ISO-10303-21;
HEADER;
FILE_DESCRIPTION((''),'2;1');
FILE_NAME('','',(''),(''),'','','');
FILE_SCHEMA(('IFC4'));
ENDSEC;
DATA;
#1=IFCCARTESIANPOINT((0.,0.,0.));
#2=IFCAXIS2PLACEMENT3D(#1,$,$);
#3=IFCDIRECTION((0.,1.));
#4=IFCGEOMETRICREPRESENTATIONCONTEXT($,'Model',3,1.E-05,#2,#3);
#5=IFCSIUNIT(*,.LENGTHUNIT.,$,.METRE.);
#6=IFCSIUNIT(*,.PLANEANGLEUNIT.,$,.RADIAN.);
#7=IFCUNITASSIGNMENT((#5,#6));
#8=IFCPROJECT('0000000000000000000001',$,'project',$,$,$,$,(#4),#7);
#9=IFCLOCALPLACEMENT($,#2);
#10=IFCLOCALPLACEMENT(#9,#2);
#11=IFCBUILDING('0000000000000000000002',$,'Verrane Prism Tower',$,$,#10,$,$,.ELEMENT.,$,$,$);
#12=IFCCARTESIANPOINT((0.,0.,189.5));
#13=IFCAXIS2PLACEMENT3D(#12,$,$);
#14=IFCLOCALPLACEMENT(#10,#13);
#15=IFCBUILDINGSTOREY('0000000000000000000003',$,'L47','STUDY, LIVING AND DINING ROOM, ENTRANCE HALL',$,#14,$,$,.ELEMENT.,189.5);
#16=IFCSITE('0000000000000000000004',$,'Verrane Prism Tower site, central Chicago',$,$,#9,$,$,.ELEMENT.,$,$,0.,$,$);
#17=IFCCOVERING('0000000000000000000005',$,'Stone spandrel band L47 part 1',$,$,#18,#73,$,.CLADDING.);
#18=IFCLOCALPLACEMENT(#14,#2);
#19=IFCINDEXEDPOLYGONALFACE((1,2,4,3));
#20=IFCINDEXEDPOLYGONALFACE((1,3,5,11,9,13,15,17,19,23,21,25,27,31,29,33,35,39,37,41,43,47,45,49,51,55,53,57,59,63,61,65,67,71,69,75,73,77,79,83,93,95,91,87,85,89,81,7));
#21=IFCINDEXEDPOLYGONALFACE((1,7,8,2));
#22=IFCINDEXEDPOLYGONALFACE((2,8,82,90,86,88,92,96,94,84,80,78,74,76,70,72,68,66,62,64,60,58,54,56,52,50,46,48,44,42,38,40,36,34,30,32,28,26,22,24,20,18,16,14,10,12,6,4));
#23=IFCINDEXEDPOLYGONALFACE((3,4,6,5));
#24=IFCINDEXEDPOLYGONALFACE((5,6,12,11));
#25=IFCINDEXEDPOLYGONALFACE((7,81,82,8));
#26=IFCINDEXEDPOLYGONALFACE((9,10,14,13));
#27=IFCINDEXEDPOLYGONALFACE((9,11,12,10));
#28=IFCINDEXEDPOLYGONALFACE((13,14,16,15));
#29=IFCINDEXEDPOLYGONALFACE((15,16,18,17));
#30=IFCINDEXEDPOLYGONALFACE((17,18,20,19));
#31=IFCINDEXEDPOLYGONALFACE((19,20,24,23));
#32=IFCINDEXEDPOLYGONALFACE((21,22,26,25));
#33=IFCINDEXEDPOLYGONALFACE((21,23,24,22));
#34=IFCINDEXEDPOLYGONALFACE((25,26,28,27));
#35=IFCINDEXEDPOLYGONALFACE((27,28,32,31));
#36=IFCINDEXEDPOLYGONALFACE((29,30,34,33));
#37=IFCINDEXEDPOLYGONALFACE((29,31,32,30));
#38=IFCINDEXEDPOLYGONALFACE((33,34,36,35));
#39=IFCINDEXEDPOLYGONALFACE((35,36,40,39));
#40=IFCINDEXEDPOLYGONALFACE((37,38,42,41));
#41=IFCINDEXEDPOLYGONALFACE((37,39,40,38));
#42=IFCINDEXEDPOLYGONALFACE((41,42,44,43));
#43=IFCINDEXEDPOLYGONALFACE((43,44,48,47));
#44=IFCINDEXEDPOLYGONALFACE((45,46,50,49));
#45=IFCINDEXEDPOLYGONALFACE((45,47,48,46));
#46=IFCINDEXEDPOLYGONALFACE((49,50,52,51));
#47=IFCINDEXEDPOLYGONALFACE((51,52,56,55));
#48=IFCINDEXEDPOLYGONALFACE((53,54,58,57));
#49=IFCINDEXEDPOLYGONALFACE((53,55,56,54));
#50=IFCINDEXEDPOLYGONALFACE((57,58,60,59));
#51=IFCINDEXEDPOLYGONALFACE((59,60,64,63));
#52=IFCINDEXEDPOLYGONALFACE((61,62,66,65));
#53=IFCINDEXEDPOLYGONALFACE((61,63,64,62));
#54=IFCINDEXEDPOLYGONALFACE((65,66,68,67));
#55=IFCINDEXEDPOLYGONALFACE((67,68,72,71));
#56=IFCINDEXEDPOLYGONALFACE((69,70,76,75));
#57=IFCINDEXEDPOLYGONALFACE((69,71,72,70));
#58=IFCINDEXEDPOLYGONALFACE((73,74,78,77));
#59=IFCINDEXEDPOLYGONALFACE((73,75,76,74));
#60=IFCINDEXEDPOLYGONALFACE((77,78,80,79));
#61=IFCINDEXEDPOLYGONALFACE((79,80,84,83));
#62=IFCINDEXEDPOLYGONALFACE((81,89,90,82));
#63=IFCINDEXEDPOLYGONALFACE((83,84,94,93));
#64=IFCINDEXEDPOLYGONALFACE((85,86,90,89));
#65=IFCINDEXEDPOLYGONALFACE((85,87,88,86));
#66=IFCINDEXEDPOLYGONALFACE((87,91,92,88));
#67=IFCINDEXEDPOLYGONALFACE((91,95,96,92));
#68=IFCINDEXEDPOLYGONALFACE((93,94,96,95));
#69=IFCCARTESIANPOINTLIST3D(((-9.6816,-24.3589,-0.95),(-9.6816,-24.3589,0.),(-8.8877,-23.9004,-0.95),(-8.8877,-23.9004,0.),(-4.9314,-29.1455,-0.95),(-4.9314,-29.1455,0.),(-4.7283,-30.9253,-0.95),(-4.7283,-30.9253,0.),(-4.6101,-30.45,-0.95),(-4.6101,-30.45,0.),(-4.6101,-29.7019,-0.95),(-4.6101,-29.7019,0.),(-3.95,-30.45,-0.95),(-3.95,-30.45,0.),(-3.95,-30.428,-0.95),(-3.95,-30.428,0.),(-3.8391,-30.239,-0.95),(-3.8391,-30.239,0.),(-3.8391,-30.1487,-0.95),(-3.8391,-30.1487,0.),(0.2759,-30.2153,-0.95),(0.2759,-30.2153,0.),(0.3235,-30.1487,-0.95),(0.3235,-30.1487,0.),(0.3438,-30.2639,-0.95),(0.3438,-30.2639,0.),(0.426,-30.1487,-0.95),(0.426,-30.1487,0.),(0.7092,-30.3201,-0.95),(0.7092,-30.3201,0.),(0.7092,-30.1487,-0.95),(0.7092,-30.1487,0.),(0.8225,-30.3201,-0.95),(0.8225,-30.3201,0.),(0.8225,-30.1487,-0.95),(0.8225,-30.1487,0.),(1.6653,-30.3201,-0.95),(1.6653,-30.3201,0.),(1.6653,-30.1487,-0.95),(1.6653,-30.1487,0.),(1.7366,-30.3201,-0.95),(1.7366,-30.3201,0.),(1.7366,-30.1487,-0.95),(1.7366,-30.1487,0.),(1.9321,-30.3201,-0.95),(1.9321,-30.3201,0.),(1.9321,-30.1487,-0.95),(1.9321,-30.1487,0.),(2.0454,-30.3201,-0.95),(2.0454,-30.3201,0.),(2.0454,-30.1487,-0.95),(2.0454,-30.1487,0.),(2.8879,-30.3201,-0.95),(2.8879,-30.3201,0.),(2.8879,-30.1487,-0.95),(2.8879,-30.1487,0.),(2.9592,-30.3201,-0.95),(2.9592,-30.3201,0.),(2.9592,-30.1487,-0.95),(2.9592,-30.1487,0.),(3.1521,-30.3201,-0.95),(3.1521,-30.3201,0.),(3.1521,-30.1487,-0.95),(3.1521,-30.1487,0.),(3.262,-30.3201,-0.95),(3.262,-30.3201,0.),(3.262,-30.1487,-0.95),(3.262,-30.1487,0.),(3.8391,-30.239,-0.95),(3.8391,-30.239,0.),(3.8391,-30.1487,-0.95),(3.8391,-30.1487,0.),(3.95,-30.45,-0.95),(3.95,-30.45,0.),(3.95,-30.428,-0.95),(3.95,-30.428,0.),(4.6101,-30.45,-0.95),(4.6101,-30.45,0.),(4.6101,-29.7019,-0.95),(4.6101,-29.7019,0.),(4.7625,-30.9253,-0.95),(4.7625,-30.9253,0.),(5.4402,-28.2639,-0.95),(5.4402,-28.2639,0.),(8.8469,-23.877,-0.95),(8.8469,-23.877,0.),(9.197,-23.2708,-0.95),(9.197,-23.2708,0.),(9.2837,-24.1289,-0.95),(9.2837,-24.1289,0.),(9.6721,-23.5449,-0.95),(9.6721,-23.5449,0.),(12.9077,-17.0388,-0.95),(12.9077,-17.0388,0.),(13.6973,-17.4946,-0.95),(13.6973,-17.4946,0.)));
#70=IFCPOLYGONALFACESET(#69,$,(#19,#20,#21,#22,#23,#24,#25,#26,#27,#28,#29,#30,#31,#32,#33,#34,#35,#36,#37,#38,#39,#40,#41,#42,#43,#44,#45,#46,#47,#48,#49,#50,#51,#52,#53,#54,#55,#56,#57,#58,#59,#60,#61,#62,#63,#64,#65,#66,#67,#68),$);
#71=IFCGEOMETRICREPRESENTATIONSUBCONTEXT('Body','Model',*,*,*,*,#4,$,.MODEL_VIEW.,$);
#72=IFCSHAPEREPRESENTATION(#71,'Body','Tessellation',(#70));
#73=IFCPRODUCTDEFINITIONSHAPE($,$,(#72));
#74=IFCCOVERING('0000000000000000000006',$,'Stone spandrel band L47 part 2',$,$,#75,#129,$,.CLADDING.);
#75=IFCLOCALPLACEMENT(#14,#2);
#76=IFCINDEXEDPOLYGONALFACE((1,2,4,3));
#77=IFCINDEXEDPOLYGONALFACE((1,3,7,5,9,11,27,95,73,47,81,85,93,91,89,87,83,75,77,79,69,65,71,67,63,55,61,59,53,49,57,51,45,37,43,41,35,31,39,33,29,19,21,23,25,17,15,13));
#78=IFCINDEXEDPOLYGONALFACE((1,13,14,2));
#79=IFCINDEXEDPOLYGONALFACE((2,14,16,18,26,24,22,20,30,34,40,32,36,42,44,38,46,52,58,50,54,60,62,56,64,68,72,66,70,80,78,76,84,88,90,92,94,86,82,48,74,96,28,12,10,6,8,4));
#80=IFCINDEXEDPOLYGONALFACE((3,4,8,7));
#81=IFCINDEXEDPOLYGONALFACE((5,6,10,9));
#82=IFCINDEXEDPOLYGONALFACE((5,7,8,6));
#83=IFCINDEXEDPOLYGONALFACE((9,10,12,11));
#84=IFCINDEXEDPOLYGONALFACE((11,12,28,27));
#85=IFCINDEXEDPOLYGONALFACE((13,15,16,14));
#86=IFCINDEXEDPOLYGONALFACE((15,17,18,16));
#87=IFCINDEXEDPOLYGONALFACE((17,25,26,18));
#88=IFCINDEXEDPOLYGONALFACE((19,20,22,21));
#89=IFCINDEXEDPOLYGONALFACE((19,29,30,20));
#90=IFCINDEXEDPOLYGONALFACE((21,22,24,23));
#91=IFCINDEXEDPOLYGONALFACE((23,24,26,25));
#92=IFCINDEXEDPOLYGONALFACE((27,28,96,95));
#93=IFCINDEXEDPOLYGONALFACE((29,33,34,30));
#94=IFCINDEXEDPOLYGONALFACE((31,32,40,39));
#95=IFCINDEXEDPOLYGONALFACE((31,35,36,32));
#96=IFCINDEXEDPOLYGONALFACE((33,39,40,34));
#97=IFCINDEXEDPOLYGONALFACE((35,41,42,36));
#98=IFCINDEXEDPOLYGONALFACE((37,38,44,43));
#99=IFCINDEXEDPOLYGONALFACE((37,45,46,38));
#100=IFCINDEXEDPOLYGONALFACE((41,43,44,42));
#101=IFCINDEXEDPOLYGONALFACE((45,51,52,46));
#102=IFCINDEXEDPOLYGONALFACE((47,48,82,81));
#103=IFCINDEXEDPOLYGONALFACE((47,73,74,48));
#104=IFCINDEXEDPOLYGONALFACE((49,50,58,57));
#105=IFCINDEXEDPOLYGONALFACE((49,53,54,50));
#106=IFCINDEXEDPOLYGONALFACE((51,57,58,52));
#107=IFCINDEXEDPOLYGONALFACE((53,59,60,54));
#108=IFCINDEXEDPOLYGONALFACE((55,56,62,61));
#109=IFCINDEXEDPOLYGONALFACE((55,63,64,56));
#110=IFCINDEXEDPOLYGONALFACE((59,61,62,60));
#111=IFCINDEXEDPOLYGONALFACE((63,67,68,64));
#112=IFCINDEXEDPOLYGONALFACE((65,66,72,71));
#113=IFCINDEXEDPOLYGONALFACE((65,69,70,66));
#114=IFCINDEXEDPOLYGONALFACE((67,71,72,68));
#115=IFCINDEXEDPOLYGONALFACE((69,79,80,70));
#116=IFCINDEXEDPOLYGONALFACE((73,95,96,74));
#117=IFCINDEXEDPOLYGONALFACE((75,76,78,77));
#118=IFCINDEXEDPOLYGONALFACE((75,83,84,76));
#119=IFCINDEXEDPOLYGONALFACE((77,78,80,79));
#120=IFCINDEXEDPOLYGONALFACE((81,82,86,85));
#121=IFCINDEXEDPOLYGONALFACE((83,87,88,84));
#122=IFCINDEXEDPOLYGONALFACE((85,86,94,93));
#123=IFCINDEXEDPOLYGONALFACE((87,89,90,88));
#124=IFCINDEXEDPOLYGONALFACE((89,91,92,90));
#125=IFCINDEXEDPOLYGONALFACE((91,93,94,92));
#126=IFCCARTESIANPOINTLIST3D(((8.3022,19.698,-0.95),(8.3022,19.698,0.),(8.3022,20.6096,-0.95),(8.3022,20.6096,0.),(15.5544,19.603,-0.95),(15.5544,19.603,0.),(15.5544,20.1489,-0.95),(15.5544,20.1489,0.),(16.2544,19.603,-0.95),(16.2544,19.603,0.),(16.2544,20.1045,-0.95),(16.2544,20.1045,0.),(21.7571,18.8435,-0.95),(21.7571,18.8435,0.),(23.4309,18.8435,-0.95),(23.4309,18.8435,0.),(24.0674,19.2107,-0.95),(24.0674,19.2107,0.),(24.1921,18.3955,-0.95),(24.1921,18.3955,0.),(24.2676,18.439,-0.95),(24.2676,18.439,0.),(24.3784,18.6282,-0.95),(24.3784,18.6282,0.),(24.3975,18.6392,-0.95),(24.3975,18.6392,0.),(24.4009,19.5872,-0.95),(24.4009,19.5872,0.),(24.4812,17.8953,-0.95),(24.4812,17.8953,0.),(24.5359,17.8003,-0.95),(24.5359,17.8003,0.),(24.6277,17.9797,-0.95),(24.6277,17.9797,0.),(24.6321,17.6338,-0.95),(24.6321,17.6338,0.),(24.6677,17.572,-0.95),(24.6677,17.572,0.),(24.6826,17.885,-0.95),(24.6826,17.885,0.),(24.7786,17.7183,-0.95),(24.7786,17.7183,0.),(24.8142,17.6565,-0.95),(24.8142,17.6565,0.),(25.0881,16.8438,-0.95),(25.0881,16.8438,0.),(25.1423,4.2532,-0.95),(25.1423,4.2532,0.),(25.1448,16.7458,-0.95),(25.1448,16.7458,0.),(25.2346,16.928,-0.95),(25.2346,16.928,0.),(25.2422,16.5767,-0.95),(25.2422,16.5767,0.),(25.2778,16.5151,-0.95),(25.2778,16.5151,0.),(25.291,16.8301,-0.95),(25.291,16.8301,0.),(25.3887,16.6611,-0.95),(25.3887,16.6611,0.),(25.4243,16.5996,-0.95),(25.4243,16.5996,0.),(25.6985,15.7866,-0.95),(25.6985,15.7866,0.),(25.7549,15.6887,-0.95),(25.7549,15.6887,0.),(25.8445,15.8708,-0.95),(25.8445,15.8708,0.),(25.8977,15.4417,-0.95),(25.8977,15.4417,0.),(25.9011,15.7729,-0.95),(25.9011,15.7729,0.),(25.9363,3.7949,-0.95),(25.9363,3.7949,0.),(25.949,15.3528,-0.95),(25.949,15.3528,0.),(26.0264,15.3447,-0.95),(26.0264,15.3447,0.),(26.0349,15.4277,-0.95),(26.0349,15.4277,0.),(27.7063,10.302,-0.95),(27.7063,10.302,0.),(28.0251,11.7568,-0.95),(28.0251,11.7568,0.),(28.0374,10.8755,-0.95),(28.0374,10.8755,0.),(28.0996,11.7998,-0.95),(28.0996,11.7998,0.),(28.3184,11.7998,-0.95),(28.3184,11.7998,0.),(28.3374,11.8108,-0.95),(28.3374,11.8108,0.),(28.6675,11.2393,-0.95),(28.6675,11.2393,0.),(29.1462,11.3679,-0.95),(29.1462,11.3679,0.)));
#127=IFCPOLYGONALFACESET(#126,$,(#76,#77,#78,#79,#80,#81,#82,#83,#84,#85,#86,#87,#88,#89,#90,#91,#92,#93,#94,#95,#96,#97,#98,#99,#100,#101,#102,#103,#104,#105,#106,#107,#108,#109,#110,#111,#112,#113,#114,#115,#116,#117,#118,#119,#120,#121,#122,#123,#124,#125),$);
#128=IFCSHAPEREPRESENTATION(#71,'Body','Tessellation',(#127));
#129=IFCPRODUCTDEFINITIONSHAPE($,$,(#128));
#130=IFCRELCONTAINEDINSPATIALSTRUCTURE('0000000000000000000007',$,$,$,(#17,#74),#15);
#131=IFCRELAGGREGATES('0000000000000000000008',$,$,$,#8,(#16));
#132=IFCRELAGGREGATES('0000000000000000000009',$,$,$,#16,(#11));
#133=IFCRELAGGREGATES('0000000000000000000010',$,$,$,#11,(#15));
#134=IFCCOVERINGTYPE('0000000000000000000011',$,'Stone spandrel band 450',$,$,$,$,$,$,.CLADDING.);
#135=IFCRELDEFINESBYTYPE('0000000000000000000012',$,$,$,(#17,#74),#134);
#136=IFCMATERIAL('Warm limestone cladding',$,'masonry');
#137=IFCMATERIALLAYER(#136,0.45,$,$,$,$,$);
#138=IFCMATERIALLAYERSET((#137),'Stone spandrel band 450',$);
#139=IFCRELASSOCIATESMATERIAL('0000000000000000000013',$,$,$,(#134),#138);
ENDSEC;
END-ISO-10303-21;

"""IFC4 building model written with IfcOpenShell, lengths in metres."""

from ifc_helpers import new_model, si_unit, direction, frame, origin, place, context, subcontext, project, spatial, polyline, outline, extrude, material, layer, layer_set, type_object, element, save


model = new_model("IFC4")

# Units and contexts
model_context = context("Model", 3, precision=1e-05, world=origin(), true_north=direction((0.0, 1.0)))
body_context = subcontext(model_context, "Body", "Model", "MODEL_VIEW")
ifc_project = project(units=[si_unit("LENGTHUNIT", "METRE"), si_unit("PLANEANGLEUNIT", "RADIAN")], contexts=[model_context])

# Site, building, storey
site_placement = place(None, origin())
site = spatial("IfcSite", under=ifc_project, at=site_placement, Name="Verrane Prism Tower site, central Chicago", CompositionType="ELEMENT", RefElevation=0.0)
building_placement = place(site_placement, origin())
building = spatial("IfcBuilding", under=site, at=building_placement, Name="Verrane Prism Tower", CompositionType="ELEMENT")
storey_placement = place(building_placement, frame((0.0, 0.0, 189.5)))
storey = spatial("IfcBuildingStorey", under=building, at=storey_placement, Name="L47", Description="STUDY, LIVING AND DINING ROOM, ENTRANCE HALL", CompositionType="ELEMENT", Elevation=189.5)

# Coverings
ifc_material_1 = material(Name="Warm limestone cladding", Category="masonry")
ifc_layer_1 = layer(ifc_material_1, 0.45)
ifc_layer_set_1 = layer_set([ifc_layer_1], Name="Stone spandrel band 450")
covering_type_1 = type_object("IfcCoveringType", Name="Stone spandrel band 450", PredefinedType="CLADDING", material=ifc_layer_set_1)
covering_1_placement = place(storey_placement, frame((0.0, 0.0, -0.95)))
element("IfcCovering", 1, at=covering_1_placement, inside=storey, type_object=covering_type_1, Name="Stone spandrel band L47 part 1", PredefinedType="CLADDING", context=body_context, shape_type="SweptSolid", body=[
    extrude(outline(polyline([(4.7625, -30.9253), (9.2837, -24.1289), (8.8469, -23.877), (9.197, -23.2708), (9.6721, -23.5449), (13.6973, -17.4946), (12.9077, -17.0388), (5.4402, -28.2639), (4.6101, -29.7019), (4.6101, -30.45), (3.95, -30.45), (3.95, -30.428), (3.8391, -30.239), (3.8391, -30.1487), (3.262, -30.1487), (3.262, -30.3201), (3.1521, -30.3201), (3.1521, -30.1487), (2.9592, -30.1487), (2.9592, -30.3201), (2.8879, -30.3201), (2.8879, -30.1487), (2.0454, -30.1487), (2.0454, -30.3201), (1.9321, -30.3201), (1.9321, -30.1487), (1.7366, -30.1487), (1.7366, -30.3201), (1.6653, -30.3201), (1.6653, -30.1487), (0.8225, -30.1487), (0.8225, -30.3201), (0.7092, -30.3201), (0.7092, -30.1487), (0.426, -30.1487), (0.3438, -30.2639), (0.2759, -30.2153), (0.3235, -30.1487), (-3.8391, -30.1487), (-3.8391, -30.239), (-3.95, -30.428), (-3.95, -30.45), (-4.6101, -30.45), (-4.6101, -29.7019), (-4.9314, -29.1455), (-8.8877, -23.9004), (-9.6816, -24.3589), (-4.7283, -30.9253), (4.7625, -30.9253)])), origin(), (0.0, 0.0, 1.0), 0.95),
])
covering_2_placement = place(storey_placement, frame((0.0, 0.0, -0.95)))
element("IfcCovering", 2, at=covering_2_placement, inside=storey, type_object=covering_type_1, Name="Stone spandrel band L47 part 2", PredefinedType="CLADDING", context=body_context, shape_type="SweptSolid", body=[
    extrude(outline(polyline([(8.3022, 19.698), (21.7571, 18.8435), (23.4309, 18.8435), (24.0674, 19.2107), (24.3975, 18.6392), (24.3784, 18.6282), (24.2676, 18.439), (24.1921, 18.3955), (24.4812, 17.8953), (24.6277, 17.9797), (24.6826, 17.885), (24.5359, 17.8003), (24.6321, 17.6338), (24.7786, 17.7183), (24.8142, 17.6565), (24.6677, 17.572), (25.0881, 16.8438), (25.2346, 16.928), (25.291, 16.8301), (25.1448, 16.7458), (25.2422, 16.5767), (25.3887, 16.6611), (25.4243, 16.5996), (25.2778, 16.5151), (25.6985, 15.7866), (25.8445, 15.8708), (25.9011, 15.7729), (25.7549, 15.6887), (25.8977, 15.4417), (26.0349, 15.4277), (26.0264, 15.3447), (25.949, 15.3528), (28.0251, 11.7568), (28.0996, 11.7998), (28.3184, 11.7998), (28.3374, 11.8108), (28.6675, 11.2393), (28.0374, 10.8755), (27.7063, 10.302), (25.1423, 4.2532), (25.9363, 3.7949), (29.1462, 11.3679), (24.4009, 19.5872), (16.2544, 20.1045), (16.2544, 19.603), (15.5544, 19.603), (15.5544, 20.1489), (8.3022, 20.6096), (8.3022, 19.698)])), origin(), (0.0, 0.0, 1.0), 0.95),
])

save(model, "model.ifc")
